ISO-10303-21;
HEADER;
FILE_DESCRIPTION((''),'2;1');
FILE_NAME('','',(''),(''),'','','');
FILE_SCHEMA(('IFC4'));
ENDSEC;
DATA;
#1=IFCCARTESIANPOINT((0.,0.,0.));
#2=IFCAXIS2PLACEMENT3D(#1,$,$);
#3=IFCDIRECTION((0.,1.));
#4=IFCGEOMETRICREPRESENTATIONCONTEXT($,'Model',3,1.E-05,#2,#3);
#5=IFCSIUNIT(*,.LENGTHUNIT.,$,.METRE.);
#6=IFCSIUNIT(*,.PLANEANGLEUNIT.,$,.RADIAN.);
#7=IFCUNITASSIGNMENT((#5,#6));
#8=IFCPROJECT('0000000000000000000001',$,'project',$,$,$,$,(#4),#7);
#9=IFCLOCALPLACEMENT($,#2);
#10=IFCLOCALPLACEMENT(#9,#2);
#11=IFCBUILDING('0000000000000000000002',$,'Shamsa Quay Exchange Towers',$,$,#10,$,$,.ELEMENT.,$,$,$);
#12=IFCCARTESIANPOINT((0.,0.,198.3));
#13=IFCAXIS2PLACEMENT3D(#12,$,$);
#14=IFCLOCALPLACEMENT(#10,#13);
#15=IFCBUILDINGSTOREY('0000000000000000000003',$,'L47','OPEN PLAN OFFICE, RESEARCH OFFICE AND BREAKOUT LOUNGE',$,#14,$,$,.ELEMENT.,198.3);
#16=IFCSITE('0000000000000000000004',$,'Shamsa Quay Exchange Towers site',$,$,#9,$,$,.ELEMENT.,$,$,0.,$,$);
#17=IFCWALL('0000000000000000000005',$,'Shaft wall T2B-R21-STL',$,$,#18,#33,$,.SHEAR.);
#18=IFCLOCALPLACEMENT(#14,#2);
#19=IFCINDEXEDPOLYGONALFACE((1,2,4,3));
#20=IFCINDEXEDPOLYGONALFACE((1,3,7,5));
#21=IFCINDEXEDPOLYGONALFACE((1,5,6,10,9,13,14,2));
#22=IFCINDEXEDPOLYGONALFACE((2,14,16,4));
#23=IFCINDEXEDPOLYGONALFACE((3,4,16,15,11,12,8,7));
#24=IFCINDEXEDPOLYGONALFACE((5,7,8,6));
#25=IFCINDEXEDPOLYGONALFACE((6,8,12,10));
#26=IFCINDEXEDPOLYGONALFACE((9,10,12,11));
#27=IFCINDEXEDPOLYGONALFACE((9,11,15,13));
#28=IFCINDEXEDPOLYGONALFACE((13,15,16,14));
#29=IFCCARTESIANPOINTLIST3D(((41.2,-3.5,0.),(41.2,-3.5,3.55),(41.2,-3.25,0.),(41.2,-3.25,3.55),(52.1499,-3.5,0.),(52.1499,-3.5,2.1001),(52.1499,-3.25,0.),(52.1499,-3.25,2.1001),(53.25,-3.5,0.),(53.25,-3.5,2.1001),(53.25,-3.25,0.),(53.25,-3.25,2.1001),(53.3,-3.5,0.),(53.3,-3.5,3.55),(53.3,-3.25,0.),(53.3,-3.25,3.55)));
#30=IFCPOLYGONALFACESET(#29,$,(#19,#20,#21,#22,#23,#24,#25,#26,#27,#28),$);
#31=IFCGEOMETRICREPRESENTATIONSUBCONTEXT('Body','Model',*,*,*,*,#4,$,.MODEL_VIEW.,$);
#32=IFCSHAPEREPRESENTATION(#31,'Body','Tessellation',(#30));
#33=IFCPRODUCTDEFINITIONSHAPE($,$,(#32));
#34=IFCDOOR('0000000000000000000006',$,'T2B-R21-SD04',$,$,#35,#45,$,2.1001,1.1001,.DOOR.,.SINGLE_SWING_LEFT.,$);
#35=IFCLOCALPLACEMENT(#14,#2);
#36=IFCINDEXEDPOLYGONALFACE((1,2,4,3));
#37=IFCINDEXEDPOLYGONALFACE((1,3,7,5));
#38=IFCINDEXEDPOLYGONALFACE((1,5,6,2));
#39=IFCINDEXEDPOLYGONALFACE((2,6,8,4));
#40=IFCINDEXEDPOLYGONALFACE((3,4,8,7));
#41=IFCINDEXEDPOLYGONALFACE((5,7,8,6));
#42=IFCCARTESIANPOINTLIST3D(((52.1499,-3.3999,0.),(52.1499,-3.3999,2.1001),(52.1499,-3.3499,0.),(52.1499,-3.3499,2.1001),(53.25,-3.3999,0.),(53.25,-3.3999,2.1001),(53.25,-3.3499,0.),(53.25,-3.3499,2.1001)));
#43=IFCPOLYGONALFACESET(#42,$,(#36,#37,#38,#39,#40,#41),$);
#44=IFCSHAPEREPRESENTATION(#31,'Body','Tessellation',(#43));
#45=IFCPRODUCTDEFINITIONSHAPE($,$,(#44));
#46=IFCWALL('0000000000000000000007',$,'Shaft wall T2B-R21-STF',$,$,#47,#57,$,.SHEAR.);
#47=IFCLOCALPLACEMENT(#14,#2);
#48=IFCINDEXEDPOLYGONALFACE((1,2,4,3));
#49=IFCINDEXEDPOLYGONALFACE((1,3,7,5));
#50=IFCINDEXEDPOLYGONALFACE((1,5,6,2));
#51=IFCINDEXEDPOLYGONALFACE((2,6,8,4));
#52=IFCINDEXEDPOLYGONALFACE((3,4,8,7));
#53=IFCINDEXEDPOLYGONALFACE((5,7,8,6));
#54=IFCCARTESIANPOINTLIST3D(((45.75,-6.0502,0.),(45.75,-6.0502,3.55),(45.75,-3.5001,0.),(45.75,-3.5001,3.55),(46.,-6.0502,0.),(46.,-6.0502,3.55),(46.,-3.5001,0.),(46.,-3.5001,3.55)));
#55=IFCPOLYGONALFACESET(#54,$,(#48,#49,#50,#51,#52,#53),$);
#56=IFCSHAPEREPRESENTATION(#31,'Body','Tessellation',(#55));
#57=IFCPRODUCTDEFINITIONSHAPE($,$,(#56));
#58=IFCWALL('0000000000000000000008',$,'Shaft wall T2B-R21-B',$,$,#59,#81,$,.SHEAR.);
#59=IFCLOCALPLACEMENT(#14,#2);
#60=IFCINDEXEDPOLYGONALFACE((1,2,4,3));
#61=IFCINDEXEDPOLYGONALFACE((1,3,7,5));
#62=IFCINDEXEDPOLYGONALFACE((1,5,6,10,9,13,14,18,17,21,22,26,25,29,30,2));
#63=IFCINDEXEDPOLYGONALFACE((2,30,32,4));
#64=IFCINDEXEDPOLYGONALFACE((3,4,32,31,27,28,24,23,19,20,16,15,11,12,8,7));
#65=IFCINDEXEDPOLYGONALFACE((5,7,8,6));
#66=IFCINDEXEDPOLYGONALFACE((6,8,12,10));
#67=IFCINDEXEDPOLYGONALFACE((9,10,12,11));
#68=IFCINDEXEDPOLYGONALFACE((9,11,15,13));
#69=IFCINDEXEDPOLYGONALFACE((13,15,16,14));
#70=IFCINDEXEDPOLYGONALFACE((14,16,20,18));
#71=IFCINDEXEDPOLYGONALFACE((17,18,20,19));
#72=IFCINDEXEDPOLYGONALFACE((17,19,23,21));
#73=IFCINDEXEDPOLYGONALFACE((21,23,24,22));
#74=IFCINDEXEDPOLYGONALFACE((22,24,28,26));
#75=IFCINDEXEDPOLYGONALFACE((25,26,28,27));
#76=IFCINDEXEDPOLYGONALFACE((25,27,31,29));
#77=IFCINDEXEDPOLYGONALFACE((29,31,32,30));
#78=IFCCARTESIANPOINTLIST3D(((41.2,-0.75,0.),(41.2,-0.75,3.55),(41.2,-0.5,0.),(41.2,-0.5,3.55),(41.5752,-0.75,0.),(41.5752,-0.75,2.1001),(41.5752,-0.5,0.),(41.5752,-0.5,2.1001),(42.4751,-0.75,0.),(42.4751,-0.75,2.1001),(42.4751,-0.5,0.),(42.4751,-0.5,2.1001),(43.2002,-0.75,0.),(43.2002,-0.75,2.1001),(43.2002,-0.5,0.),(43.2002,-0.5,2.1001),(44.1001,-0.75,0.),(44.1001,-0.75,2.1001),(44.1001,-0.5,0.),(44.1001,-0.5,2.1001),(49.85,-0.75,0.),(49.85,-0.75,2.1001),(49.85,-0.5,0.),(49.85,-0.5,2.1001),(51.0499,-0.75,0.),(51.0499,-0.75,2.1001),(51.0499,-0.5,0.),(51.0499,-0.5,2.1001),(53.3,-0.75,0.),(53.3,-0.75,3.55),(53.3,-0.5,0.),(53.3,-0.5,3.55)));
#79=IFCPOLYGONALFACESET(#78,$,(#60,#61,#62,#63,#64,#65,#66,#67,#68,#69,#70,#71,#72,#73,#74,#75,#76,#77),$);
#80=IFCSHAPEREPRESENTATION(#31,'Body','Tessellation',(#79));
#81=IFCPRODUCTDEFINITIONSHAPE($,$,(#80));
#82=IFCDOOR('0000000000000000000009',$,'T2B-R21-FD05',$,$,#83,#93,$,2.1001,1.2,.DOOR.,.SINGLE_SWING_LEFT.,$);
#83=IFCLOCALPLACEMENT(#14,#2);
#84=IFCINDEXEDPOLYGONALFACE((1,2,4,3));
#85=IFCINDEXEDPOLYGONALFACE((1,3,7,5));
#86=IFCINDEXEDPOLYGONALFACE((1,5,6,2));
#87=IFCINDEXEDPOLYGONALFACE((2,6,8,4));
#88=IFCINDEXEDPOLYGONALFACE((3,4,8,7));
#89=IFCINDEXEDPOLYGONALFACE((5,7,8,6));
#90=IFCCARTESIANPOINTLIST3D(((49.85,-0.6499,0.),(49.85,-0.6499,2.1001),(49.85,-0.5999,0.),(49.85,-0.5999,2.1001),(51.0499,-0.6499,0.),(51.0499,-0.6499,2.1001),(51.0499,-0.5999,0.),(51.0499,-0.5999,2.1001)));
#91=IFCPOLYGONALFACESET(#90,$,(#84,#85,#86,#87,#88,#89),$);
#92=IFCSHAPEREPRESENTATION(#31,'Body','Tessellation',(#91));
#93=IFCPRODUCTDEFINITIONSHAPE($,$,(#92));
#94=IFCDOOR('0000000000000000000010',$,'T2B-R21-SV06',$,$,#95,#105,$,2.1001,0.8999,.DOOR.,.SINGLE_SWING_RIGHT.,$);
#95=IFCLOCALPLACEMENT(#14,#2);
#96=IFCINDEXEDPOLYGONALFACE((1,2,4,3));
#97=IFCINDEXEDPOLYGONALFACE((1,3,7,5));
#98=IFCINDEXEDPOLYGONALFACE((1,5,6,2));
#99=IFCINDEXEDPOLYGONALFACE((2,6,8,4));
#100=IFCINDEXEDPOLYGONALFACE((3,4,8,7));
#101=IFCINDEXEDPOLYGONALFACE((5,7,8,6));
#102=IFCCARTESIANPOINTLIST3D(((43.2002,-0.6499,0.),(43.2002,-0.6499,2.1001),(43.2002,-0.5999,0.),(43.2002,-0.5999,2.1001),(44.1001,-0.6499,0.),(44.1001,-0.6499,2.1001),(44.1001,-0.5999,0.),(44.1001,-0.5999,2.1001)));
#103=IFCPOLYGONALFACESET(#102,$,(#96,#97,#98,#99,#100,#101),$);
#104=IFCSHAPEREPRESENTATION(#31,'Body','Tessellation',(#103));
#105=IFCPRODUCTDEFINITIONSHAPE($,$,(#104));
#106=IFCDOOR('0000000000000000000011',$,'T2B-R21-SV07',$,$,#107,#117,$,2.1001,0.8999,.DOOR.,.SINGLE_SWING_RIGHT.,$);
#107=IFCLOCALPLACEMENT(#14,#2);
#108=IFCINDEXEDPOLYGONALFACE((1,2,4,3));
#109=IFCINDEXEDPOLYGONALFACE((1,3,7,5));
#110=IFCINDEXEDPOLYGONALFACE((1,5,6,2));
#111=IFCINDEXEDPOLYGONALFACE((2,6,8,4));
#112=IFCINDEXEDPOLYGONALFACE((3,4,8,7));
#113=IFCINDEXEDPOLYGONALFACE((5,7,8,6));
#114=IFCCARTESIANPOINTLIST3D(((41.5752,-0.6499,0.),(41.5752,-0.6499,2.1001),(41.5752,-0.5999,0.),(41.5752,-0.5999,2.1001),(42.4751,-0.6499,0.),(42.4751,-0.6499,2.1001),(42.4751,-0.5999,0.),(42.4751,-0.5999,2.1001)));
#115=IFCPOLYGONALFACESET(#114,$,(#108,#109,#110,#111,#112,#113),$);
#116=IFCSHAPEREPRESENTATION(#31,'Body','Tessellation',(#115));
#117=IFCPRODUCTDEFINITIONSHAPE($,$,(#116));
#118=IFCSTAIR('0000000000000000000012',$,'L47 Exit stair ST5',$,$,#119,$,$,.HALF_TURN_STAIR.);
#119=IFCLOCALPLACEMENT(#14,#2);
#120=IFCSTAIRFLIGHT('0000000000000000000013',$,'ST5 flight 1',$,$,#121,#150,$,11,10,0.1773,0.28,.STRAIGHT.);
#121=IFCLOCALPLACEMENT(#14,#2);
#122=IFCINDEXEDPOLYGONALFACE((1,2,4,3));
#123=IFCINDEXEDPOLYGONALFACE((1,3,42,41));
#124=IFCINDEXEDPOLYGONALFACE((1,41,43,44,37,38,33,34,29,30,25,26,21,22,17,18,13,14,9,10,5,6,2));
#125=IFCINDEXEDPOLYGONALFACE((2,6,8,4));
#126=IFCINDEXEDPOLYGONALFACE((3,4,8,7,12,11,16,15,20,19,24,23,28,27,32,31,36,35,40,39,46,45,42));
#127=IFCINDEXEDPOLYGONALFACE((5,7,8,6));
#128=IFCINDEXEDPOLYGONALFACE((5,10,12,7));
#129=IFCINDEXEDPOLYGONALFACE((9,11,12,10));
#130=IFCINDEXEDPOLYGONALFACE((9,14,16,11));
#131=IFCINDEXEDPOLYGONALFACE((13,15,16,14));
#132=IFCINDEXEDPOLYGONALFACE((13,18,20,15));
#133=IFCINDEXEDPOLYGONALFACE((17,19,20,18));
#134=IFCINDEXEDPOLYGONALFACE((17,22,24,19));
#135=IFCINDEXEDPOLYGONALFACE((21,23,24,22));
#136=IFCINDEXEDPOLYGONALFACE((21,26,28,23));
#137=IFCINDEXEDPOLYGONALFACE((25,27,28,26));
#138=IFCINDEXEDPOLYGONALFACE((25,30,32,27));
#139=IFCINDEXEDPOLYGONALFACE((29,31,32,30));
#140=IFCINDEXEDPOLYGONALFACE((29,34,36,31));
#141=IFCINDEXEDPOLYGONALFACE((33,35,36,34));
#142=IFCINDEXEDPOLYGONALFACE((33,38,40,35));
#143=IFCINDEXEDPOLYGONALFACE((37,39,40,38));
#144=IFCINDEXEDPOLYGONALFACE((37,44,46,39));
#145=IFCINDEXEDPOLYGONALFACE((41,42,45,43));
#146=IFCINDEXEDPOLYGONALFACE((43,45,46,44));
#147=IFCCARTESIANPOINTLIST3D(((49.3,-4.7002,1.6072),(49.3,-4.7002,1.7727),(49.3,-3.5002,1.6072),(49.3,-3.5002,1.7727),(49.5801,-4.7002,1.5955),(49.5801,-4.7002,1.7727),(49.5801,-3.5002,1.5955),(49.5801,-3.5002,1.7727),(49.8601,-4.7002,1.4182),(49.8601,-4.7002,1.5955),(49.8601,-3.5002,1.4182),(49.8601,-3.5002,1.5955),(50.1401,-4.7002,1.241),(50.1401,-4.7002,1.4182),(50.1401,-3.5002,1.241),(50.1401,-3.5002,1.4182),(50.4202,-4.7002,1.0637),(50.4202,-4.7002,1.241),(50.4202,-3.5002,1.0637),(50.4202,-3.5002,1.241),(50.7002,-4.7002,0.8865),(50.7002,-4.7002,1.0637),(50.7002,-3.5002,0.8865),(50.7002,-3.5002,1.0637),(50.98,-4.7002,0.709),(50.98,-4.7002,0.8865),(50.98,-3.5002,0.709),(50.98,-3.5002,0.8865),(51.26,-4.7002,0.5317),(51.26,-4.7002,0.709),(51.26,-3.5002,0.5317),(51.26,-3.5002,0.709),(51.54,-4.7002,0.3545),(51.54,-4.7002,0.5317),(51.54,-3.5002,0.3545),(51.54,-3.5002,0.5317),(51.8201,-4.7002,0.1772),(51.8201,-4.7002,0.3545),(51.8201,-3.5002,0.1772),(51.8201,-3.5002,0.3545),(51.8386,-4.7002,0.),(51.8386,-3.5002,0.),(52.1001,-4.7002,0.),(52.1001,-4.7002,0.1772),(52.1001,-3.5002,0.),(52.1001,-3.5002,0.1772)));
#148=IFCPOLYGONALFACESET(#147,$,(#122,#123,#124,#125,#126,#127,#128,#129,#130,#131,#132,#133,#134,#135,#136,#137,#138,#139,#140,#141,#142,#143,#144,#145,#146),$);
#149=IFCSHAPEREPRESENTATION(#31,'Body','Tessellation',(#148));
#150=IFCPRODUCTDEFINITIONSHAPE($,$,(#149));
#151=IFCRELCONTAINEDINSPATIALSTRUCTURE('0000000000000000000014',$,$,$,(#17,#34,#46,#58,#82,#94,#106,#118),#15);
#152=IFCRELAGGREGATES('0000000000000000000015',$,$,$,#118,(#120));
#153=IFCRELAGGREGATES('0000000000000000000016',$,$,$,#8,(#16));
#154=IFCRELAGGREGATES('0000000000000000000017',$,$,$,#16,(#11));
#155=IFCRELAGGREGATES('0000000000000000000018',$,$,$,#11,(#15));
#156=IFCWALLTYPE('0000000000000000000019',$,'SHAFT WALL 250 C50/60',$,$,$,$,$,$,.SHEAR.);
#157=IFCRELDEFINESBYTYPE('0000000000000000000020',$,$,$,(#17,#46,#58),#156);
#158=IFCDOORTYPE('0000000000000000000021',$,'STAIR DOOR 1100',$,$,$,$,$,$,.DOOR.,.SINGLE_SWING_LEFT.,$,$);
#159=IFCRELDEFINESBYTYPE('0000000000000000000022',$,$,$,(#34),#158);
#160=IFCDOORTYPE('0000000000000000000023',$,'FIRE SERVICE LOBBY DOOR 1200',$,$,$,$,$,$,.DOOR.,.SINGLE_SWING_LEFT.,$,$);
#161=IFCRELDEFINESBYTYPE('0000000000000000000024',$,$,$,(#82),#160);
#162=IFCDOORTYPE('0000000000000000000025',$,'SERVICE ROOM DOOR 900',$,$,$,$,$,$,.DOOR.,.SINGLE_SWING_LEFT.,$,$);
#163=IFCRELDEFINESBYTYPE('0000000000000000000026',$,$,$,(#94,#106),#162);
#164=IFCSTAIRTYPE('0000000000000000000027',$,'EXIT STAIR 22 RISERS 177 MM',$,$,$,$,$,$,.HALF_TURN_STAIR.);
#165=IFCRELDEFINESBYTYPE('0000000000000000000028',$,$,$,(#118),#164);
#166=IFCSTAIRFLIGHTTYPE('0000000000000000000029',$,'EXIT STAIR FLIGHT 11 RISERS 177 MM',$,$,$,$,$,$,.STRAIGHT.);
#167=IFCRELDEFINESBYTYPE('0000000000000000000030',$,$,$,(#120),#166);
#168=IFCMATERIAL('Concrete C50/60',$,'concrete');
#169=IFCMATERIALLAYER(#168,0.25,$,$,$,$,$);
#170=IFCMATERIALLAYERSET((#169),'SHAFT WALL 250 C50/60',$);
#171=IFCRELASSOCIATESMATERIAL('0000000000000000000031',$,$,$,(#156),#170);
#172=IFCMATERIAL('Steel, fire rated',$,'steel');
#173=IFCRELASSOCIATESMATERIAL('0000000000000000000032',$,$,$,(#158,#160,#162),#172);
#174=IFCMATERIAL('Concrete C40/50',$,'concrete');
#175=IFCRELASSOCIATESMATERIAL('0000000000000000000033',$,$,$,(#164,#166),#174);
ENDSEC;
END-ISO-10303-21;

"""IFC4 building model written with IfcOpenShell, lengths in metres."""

from ifc_helpers import new_model, si_unit, direction, frame, frame_2d, origin, place, context, subcontext, project, spatial, polyline, rectangle, outline, extrude, material, layer, layer_set, type_object, element, fill, aggregate, save


model = new_model("IFC4")

# Units and contexts
model_context = context("Model", 3, precision=1e-05, world=origin(), true_north=direction((0.0, 1.0)))
body_context = subcontext(model_context, "Body", "Model", "MODEL_VIEW")
ifc_project = project(units=[si_unit("LENGTHUNIT", "METRE"), si_unit("PLANEANGLEUNIT", "RADIAN")], contexts=[model_context])

# Site, building, storey
site_placement = place(None, origin())
site = spatial("IfcSite", under=ifc_project, at=site_placement, Name="Shamsa Quay Exchange Towers site", CompositionType="ELEMENT", RefElevation=0.0)
building_placement = place(site_placement, origin())
building = spatial("IfcBuilding", under=site, at=building_placement, Name="Shamsa Quay Exchange Towers", CompositionType="ELEMENT")
storey_placement = place(building_placement, frame((0.0, 0.0, 198.3)))
storey = spatial("IfcBuildingStorey", under=building, at=storey_placement, Name="L47", Description="OPEN PLAN OFFICE, RESEARCH OFFICE AND BREAKOUT LOUNGE", CompositionType="ELEMENT", Elevation=198.3)

# Wall, opening, door
ifc_material_1 = material(Name="Steel, fire rated", Category="steel")
ifc_material_2 = material(Name="Concrete C50/60", Category="concrete")
ifc_layer_1 = layer(ifc_material_2, 0.25)
ifc_layer_set_1 = layer_set([ifc_layer_1], Name="SHAFT WALL 250 C50/60")
wall_type_1 = type_object("IfcWallType", Name="SHAFT WALL 250 C50/60", PredefinedType="SHEAR", material=ifc_layer_set_1)
wall_1_placement = place(storey_placement, frame((53.3, -3.375, 0.0), z_axis=(0.0, 0.0, 1.0), x_axis=(-1.0, 0.0, 0.0)))
wall_1 = element("IfcWall", 1, at=wall_1_placement, inside=storey, type_object=wall_type_1, Name="Shaft wall T2B-R21-STL", PredefinedType="SHEAR", context=body_context, shape_type="SweptSolid", body=[
    extrude(rectangle(XDim=12.1001, YDim=0.25, at=frame_2d((6.05, 0.0))), origin(), (0.0, 0.0, 1.0), 3.55),
])
opening_1_placement = place(wall_1_placement, frame((0.05, 0.0, 0.0)))
opening_1 = element("IfcOpeningElement", 2, at=opening_1_placement, cuts=wall_1, PredefinedType="OPENING", context=body_context, shape_type="SweptSolid", body=[
    extrude(rectangle(XDim=1.1001, YDim=2.1001, at=frame_2d((0.55, 1.05))), frame((0.0, 0.135, 0.0), z_axis=(0.0, -1.0, 0.0), x_axis=(1.0, 0.0, 0.0)), (0.0, 0.0, 1.0), 0.27),
])
door_type_1 = type_object("IfcDoorType", Name="STAIR DOOR 1100", OperationType="SINGLE_SWING_LEFT", PredefinedType="DOOR", material=ifc_material_1)
door_1_placement = place(opening_1_placement, origin())
door_1 = element("IfcDoor", 3, at=door_1_placement, inside=storey, type_object=door_type_1, Name="T2B-R21-SD04", OperationType="SINGLE_SWING_LEFT", OverallHeight=2.1001, OverallWidth=1.1001, PredefinedType="DOOR", context=body_context, shape_type="SweptSolid", body=[
    extrude(rectangle(XDim=1.1001, YDim=2.1001, at=frame_2d((0.55, 1.05))), frame((0.0, 0.0249, 0.0), z_axis=(0.0, -1.0, 0.0), x_axis=(1.0, 0.0, 0.0)), (0.0, 0.0, 1.0), 0.05),
])
fill(opening_1, door_1)

# Wall
wall_2_placement = place(storey_placement, frame((45.875, -6.05, 0.0), z_axis=(0.0, 0.0, 1.0), x_axis=(0.0, 1.0, 0.0)))
element("IfcWall", 4, at=wall_2_placement, inside=storey, type_object=wall_type_1, Name="Shaft wall T2B-R21-STF", PredefinedType="SHEAR", context=body_context, shape_type="SweptSolid", body=[
    extrude(rectangle(XDim=2.55, YDim=0.25, at=frame_2d((1.2749, 0.0))), origin(), (0.0, 0.0, 1.0), 3.55),
])

# Wall, openings, doors
wall_3_placement = place(storey_placement, frame((53.3, -0.625, 0.0), z_axis=(0.0, 0.0, 1.0), x_axis=(-1.0, 0.0, 0.0)))
wall_3 = element("IfcWall", 5, at=wall_3_placement, inside=storey, type_object=wall_type_1, Name="Shaft wall T2B-R21-B", PredefinedType="SHEAR", context=body_context, shape_type="SweptSolid", body=[
    extrude(rectangle(XDim=12.1001, YDim=0.25, at=frame_2d((6.05, 0.0))), origin(), (0.0, 0.0, 1.0), 3.55),
])
opening_2_placement = place(wall_3_placement, frame((2.25, 0.0, 0.0)))
opening_2 = element("IfcOpeningElement", 6, at=opening_2_placement, cuts=wall_3, PredefinedType="OPENING", context=body_context, shape_type="SweptSolid", body=[
    extrude(rectangle(XDim=1.2, YDim=2.1001, at=frame_2d((0.6001, 1.05))), frame((0.0, 0.135, 0.0), z_axis=(0.0, -1.0, 0.0), x_axis=(1.0, 0.0, 0.0)), (0.0, 0.0, 1.0), 0.27),
])
opening_3_placement = place(wall_3_placement, frame((9.2, 0.0, 0.0)))
opening_3 = element("IfcOpeningElement", 7, at=opening_3_placement, cuts=wall_3, PredefinedType="OPENING", context=body_context, shape_type="SweptSolid", body=[
    extrude(rectangle(XDim=0.8999, YDim=2.1001, at=frame_2d((0.45, 1.05))), frame((0.0, 0.135, 0.0), z_axis=(0.0, -1.0, 0.0), x_axis=(1.0, 0.0, 0.0)), (0.0, 0.0, 1.0), 0.27),
])
opening_4_placement = place(wall_3_placement, frame((10.825, 0.0, 0.0)))
opening_4 = element("IfcOpeningElement", 8, at=opening_4_placement, cuts=wall_3, PredefinedType="OPENING", context=body_context, shape_type="SweptSolid", body=[
    extrude(rectangle(XDim=0.8999, YDim=2.1001, at=frame_2d((0.45, 1.05))), frame((0.0, 0.135, 0.0), z_axis=(0.0, -1.0, 0.0), x_axis=(1.0, 0.0, 0.0)), (0.0, 0.0, 1.0), 0.27),
])
door_type_2 = type_object("IfcDoorType", Name="FIRE SERVICE LOBBY DOOR 1200", OperationType="SINGLE_SWING_LEFT", PredefinedType="DOOR", material=ifc_material_1)
door_2_placement = place(opening_2_placement, origin())
door_2 = element("IfcDoor", 9, at=door_2_placement, inside=storey, type_object=door_type_2, Name="T2B-R21-FD05", OperationType="SINGLE_SWING_LEFT", OverallHeight=2.1001, OverallWidth=1.2, PredefinedType="DOOR", context=body_context, shape_type="SweptSolid", body=[
    extrude(rectangle(XDim=1.2, YDim=2.1001, at=frame_2d((0.6001, 1.05))), frame((0.0, 0.0249, 0.0), z_axis=(0.0, -1.0, 0.0), x_axis=(1.0, 0.0, 0.0)), (0.0, 0.0, 1.0), 0.05),
])
fill(opening_2, door_2)
door_type_3 = type_object("IfcDoorType", Name="SERVICE ROOM DOOR 900", OperationType="SINGLE_SWING_LEFT", PredefinedType="DOOR", material=ifc_material_1)
door_3_placement = place(opening_3_placement, origin())
door_3 = element("IfcDoor", 10, at=door_3_placement, inside=storey, type_object=door_type_3, Name="T2B-R21-SV06", OperationType="SINGLE_SWING_RIGHT", OverallHeight=2.1001, OverallWidth=0.8999, PredefinedType="DOOR", context=body_context, shape_type="SweptSolid", body=[
    extrude(rectangle(XDim=0.8999, YDim=2.1001, at=frame_2d((0.45, 1.05))), frame((0.0, 0.0249, 0.0), z_axis=(0.0, -1.0, 0.0), x_axis=(1.0, 0.0, 0.0)), (0.0, 0.0, 1.0), 0.05),
])
fill(opening_3, door_3)
door_4_placement = place(opening_4_placement, origin())
door_4 = element("IfcDoor", 11, at=door_4_placement, inside=storey, type_object=door_type_3, Name="T2B-R21-SV07", OperationType="SINGLE_SWING_RIGHT", OverallHeight=2.1001, OverallWidth=0.8999, PredefinedType="DOOR", context=body_context, shape_type="SweptSolid", body=[
    extrude(rectangle(XDim=0.8999, YDim=2.1001, at=frame_2d((0.45, 1.05))), frame((0.0, 0.0249, 0.0), z_axis=(0.0, -1.0, 0.0), x_axis=(1.0, 0.0, 0.0)), (0.0, 0.0, 1.0), 0.05),
])
fill(opening_4, door_4)

# Stair, stair flight
ifc_material_3 = material(Name="Concrete C40/50", Category="concrete")
stair_type = type_object("IfcStairType", Name="EXIT STAIR 22 RISERS 177 MM", PredefinedType="HALF_TURN_STAIR", material=ifc_material_3)
stair_placement = place(storey_placement, origin())
stair = element("IfcStair", 12, at=stair_placement, inside=storey, type_object=stair_type, Name="L47 Exit stair ST5", PredefinedType="HALF_TURN_STAIR")
stair_flight_type = type_object("IfcStairFlightType", Name="EXIT STAIR FLIGHT 11 RISERS 177 MM", PredefinedType="STRAIGHT", material=ifc_material_3)
stair_flight_1_placement = place(storey_placement, frame((52.1001, -4.1001, 0.0), z_axis=(0.0, 0.0, 1.0), x_axis=(-1.0, 0.0, 0.0)))
stair_flight_1 = element("IfcStairFlight", 13, at=stair_flight_1_placement, type_object=stair_flight_type, Name="ST5 flight 1", NumberOfRisers=11, NumberOfTreads=10, PredefinedType="STRAIGHT", RiserHeight=0.1773, TreadLength=0.28, context=body_context, shape_type="SweptSolid", body=[
    extrude(outline(polyline([(0.0, 0.0), (0.0, 0.1772), (0.28, 0.1772), (0.28, 0.3545), (0.5601, 0.3545), (0.5601, 0.5317), (0.8401, 0.5317), (0.8401, 0.709), (1.1201, 0.709), (1.1201, 0.8865), (1.3999, 0.8865), (1.3999, 1.0637), (1.6799, 1.0637), (1.6799, 1.241), (1.96, 1.241), (1.96, 1.4182), (2.24, 1.4182), (2.24, 1.5955), (2.52, 1.5955), (2.52, 1.7727), (2.8, 1.7727), (2.8, 1.95), (2.8, 1.6072), (0.2615, 0.0), (0.0, 0.0)])), frame((0.0, 0.6001, 0.0), z_axis=(0.0, -1.0, 0.0), x_axis=(1.0, 0.0, 0.0)), (0.0, 0.0, 1.0), 1.2),
])
aggregate(stair, [stair_flight_1])

save(model, "model.ifc")
